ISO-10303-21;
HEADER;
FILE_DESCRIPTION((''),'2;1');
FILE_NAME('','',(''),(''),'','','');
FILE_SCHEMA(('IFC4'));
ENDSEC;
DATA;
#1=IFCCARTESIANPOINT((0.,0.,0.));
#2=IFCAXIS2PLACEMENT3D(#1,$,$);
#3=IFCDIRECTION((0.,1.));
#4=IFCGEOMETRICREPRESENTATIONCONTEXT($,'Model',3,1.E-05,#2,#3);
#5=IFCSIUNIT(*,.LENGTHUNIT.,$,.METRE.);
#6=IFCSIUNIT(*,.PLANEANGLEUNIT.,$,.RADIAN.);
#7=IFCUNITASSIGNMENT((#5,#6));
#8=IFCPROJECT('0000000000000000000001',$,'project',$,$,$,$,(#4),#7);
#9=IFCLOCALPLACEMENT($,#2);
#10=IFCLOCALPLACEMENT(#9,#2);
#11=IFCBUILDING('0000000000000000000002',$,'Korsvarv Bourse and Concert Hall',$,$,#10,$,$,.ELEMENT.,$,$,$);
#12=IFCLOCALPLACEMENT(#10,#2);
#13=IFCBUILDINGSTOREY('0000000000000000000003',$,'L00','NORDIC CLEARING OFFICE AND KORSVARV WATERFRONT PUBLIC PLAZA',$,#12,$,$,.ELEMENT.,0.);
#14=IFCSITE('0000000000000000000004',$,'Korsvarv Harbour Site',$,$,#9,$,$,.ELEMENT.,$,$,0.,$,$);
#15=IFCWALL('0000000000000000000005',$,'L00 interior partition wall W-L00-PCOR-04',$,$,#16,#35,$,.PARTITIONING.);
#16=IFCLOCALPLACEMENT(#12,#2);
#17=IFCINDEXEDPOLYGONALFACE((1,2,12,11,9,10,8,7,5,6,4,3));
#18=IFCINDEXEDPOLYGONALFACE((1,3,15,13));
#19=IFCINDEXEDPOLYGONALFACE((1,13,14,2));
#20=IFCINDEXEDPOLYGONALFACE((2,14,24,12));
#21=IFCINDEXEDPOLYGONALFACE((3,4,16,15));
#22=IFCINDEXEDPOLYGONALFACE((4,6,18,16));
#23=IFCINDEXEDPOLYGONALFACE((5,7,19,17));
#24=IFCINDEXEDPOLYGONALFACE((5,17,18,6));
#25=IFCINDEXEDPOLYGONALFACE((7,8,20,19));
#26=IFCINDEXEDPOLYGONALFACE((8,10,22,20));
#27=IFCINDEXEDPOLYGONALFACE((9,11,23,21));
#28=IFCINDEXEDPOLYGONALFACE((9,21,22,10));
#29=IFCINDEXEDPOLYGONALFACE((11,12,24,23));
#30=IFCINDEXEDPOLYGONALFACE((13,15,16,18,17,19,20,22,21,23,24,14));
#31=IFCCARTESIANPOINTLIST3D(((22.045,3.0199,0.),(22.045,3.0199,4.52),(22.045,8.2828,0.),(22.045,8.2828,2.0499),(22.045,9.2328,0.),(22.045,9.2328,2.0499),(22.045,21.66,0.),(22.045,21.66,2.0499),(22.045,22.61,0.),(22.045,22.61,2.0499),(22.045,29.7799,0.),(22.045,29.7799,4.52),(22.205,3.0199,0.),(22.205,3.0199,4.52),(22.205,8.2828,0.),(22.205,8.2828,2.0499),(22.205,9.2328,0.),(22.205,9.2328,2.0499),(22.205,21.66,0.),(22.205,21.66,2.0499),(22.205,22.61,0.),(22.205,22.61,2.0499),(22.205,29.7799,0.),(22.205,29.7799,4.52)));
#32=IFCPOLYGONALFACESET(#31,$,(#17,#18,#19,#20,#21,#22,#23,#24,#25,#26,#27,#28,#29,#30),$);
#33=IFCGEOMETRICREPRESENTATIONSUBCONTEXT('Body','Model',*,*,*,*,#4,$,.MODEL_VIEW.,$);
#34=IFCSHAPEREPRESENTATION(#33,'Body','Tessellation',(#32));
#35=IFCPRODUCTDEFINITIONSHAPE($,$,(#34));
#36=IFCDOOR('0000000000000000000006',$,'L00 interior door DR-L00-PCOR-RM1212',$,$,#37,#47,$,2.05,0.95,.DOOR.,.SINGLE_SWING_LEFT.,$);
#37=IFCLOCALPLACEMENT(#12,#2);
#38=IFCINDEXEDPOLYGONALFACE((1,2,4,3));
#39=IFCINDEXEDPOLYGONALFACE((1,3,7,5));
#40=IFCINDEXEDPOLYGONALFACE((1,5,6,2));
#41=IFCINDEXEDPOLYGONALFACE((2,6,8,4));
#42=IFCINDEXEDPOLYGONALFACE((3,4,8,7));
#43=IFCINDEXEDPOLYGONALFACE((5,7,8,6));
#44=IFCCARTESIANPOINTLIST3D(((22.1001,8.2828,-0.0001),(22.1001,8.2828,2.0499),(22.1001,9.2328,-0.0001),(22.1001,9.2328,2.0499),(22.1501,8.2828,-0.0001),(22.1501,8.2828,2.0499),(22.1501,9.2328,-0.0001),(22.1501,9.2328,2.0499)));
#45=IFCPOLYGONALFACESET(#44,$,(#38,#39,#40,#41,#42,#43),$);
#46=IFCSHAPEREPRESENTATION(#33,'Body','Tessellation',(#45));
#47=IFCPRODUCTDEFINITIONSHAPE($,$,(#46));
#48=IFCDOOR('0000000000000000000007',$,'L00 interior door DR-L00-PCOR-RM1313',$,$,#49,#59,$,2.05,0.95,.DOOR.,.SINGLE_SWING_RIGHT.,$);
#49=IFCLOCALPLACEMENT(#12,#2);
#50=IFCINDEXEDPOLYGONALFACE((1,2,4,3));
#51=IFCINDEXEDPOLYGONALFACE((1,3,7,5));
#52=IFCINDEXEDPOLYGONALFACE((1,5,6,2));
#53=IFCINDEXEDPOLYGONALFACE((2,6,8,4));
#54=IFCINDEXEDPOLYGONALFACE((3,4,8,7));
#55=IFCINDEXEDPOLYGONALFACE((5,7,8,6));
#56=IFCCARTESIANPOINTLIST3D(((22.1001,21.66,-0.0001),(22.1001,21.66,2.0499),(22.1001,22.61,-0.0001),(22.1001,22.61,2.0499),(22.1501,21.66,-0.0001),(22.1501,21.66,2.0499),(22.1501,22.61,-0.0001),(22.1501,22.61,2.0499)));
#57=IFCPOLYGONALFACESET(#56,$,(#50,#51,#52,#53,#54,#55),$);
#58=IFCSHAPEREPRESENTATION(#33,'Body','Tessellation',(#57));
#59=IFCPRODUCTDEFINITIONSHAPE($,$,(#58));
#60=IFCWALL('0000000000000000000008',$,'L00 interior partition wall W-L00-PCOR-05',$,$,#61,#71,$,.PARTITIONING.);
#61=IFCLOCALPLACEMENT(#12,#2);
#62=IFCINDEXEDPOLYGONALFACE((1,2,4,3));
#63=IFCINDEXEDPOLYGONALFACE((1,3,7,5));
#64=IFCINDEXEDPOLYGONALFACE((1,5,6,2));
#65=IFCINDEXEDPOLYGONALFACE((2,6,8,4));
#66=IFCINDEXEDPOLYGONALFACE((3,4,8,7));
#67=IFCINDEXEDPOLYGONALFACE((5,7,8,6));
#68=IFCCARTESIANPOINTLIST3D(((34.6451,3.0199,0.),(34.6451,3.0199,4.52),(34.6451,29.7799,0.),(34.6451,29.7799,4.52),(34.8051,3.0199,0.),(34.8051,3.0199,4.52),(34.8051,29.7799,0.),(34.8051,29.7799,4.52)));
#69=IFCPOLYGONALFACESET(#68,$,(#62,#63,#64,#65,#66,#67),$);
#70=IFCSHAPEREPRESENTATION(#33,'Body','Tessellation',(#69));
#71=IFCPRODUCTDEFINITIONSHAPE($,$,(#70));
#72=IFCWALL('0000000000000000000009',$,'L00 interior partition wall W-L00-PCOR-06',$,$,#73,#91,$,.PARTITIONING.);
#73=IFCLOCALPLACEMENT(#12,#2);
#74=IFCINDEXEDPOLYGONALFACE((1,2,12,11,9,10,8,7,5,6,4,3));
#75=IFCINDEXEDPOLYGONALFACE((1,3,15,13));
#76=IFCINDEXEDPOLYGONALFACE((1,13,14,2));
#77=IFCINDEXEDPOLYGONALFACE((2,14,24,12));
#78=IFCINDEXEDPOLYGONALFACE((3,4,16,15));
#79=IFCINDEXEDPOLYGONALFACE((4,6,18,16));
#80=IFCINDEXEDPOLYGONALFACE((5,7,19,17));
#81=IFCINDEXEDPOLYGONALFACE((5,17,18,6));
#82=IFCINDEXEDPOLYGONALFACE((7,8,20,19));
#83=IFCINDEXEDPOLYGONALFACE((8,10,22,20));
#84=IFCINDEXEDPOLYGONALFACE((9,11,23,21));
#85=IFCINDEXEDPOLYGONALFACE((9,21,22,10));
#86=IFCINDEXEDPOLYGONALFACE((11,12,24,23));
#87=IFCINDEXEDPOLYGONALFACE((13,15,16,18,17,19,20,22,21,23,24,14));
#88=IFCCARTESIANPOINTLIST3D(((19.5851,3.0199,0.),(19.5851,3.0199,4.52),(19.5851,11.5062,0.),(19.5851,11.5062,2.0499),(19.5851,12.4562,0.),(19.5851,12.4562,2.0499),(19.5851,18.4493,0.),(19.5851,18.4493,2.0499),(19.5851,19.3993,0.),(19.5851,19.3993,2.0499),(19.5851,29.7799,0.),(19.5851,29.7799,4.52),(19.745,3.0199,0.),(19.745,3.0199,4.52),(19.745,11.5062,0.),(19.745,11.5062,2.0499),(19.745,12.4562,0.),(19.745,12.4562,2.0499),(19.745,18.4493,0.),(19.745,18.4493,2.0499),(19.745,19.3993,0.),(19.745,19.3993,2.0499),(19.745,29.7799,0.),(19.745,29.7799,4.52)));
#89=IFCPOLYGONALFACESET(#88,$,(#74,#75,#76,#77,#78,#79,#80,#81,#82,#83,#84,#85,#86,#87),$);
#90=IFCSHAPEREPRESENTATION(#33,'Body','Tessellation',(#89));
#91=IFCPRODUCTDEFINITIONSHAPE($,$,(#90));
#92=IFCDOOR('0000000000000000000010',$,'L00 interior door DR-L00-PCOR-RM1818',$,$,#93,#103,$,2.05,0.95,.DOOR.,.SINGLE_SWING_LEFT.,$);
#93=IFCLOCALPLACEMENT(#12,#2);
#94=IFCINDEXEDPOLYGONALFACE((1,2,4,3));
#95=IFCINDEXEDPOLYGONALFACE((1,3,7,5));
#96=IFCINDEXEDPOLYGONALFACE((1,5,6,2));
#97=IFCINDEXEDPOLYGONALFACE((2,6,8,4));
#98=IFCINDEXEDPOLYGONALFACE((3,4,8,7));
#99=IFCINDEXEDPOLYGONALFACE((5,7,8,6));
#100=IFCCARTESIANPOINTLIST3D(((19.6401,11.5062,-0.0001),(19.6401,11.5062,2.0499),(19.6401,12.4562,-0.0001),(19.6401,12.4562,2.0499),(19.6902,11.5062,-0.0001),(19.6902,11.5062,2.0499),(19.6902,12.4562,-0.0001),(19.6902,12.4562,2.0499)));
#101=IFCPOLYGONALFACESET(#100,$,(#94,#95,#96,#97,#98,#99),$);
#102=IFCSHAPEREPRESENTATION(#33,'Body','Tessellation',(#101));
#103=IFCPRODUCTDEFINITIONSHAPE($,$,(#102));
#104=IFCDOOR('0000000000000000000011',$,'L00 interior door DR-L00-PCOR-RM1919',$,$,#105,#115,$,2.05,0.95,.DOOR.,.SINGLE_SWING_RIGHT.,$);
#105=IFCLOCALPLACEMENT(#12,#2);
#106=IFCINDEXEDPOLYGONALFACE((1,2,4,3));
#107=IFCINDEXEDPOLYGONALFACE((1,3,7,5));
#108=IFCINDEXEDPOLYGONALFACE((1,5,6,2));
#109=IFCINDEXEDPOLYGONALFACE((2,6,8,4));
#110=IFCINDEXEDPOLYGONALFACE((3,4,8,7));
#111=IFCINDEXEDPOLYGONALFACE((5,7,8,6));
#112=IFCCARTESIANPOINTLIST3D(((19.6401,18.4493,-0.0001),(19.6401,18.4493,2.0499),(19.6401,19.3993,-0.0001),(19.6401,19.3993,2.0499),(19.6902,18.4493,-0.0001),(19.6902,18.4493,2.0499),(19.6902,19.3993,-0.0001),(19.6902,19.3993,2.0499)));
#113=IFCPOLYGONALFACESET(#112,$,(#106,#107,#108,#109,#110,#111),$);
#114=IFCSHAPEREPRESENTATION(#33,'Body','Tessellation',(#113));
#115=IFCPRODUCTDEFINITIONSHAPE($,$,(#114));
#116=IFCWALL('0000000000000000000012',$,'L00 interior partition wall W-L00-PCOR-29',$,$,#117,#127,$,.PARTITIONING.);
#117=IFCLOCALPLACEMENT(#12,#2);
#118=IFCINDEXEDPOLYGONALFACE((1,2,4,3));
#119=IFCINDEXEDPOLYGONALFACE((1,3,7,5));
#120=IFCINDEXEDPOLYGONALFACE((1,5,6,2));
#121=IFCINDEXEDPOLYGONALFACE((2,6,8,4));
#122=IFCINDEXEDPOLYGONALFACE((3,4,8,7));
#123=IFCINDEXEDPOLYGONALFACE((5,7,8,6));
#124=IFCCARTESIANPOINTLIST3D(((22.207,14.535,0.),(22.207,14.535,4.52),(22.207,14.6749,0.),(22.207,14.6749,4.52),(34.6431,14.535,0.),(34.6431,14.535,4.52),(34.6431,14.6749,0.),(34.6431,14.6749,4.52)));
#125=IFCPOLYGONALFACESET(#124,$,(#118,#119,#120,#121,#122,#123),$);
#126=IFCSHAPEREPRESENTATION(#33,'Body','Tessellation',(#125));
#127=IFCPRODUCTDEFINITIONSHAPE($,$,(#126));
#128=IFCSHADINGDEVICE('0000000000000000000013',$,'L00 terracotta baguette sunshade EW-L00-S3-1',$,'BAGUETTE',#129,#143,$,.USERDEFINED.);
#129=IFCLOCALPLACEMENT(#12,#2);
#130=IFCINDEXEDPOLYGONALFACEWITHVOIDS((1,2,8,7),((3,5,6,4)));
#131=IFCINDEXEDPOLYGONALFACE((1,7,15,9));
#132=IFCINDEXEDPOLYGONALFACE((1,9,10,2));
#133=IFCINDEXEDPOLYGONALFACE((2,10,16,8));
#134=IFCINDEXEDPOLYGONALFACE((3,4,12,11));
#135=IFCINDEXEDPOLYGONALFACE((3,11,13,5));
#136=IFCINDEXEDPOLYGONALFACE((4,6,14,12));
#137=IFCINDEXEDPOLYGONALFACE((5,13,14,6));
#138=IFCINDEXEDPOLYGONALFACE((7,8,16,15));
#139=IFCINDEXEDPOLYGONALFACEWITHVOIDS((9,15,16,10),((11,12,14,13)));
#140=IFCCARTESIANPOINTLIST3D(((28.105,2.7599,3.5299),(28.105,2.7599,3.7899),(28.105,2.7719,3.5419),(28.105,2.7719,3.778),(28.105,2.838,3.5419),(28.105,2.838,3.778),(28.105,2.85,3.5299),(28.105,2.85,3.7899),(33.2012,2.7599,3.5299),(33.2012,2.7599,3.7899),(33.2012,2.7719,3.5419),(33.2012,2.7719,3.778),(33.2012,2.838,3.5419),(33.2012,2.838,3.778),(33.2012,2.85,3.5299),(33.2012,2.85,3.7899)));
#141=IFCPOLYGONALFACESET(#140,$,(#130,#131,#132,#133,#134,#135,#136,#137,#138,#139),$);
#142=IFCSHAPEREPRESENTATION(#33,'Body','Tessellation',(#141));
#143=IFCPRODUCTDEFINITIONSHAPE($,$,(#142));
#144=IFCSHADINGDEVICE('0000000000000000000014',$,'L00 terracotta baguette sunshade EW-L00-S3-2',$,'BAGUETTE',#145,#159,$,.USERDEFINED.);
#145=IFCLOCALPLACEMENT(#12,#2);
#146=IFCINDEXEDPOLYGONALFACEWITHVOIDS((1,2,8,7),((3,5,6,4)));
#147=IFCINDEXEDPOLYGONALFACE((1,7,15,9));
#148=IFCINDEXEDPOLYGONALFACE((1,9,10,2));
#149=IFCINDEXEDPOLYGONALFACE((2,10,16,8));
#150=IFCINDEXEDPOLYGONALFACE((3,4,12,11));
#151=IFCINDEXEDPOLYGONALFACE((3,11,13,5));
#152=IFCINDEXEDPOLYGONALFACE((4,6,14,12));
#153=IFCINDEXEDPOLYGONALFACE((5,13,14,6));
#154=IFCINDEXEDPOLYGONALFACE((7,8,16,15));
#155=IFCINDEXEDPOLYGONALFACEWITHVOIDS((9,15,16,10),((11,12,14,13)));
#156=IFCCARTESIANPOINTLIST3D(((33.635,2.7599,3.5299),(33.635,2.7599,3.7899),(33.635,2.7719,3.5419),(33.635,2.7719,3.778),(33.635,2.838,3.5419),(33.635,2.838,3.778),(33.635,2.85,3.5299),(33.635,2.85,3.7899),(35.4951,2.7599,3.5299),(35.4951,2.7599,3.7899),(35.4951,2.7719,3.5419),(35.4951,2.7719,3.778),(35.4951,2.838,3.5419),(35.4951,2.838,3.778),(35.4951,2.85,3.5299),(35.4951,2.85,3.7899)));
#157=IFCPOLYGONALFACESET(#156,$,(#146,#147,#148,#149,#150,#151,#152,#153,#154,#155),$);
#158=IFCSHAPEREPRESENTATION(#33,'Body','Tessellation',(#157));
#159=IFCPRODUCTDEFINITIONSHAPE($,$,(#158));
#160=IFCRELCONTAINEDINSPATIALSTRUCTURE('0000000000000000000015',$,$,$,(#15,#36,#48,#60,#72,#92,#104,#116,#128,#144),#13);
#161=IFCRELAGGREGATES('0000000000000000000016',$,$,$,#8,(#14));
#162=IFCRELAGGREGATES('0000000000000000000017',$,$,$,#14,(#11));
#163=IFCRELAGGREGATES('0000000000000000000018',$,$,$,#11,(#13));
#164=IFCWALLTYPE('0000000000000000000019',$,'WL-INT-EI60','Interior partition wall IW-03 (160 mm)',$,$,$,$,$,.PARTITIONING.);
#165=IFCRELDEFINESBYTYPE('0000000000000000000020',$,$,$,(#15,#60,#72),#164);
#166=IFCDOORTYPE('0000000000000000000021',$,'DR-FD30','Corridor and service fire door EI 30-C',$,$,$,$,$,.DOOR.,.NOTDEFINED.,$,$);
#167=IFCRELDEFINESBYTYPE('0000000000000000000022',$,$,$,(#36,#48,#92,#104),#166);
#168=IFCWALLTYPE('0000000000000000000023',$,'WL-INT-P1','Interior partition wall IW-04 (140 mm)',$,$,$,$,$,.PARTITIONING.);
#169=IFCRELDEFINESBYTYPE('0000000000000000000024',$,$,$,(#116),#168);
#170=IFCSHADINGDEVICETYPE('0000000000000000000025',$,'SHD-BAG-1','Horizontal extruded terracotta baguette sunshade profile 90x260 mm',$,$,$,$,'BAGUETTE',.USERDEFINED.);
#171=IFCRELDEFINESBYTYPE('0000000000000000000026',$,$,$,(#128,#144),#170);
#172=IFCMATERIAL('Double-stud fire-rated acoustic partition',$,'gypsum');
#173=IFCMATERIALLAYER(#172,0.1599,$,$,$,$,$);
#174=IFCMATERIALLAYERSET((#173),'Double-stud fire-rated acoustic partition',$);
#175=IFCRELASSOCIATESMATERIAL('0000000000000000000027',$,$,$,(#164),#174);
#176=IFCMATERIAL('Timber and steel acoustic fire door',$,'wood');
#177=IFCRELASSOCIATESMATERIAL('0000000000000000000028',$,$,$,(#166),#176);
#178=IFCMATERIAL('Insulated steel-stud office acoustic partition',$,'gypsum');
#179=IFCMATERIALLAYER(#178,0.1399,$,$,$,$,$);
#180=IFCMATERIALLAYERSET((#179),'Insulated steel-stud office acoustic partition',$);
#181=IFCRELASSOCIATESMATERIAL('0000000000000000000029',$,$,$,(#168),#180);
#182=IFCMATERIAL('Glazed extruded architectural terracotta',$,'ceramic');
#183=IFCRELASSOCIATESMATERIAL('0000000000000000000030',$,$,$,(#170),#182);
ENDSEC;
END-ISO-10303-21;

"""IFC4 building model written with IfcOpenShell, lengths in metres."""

from ifc_helpers import new_model, si_unit, direction, frame, frame_2d, origin, origin_2d, place, context, subcontext, project, spatial, rectangle, hollow_rectangle, extrude, source, transform, mapped, material, layer, layer_set, material_profile, profile_set, type_object, element, fill, save


model = new_model("IFC4")

# Units and contexts
model_context = context("Model", 3, precision=1e-05, world=origin(), true_north=direction((0.0, 1.0)))
body_context = subcontext(model_context, "Body", "Model", "MODEL_VIEW")
ifc_project = project(units=[si_unit("LENGTHUNIT", "METRE"), si_unit("PLANEANGLEUNIT", "RADIAN")], contexts=[model_context])

# Site, building, storey
site_placement = place(None, origin())
site = spatial("IfcSite", under=ifc_project, at=site_placement, Name="Korsvarv Harbour Site", CompositionType="ELEMENT", RefElevation=0.0)
building_placement = place(site_placement, origin())
building = spatial("IfcBuilding", under=site, at=building_placement, Name="Korsvarv Bourse and Concert Hall", CompositionType="ELEMENT")
storey_placement = place(building_placement, origin())
storey = spatial("IfcBuildingStorey", under=building, at=storey_placement, Name="L00", Description="NORDIC CLEARING OFFICE AND KORSVARV WATERFRONT PUBLIC PLAZA", CompositionType="ELEMENT", Elevation=0.0)

# Wall, openings, doors
ifc_material_1 = material(Name="Double-stud fire-rated acoustic partition", Category="gypsum")
ifc_layer_1 = layer(ifc_material_1, 0.1599)
ifc_layer_set_1 = layer_set([ifc_layer_1], Name="Double-stud fire-rated acoustic partition")
wall_type_1 = type_object("IfcWallType", Name="WL-INT-EI60", Description="Interior partition wall IW-03 (160 mm)", PredefinedType="PARTITIONING", material=ifc_layer_set_1)
wall_1_placement = place(storey_placement, frame((22.125, 3.02, 0.0), z_axis=(0.0, 0.0, 1.0), x_axis=(0.0, 1.0, 0.0)))
wall_1 = element("IfcWall", 1, at=wall_1_placement, inside=storey, type_object=wall_type_1, Name="L00 interior partition wall W-L00-PCOR-04", PredefinedType="PARTITIONING", context=body_context, shape_type="SweptSolid", body=[
    extrude(rectangle(XDim=26.76, YDim=0.1599, at=frame_2d((13.3799, 0.0))), origin(), (0.0, 0.0, 1.0), 4.52),
])
opening_1_placement = place(wall_1_placement, frame((5.2627, 0.0, 0.0)))
opening_1 = element("IfcOpeningElement", 2, at=opening_1_placement, cuts=wall_1, PredefinedType="OPENING", context=body_context, shape_type="SweptSolid", body=[
    extrude(rectangle(XDim=0.95, YDim=2.05, at=frame_2d((0.4751, 1.0249))), frame((0.0, 0.0898, 0.0), z_axis=(0.0, -1.0, 0.0), x_axis=(1.0, 0.0, 0.0)), (0.0, 0.0, 1.0), 0.1799),
])
opening_2_placement = place(wall_1_placement, frame((18.6399, 0.0, 0.0)))
opening_2 = element("IfcOpeningElement", 3, at=opening_2_placement, cuts=wall_1, PredefinedType="OPENING", context=body_context, shape_type="SweptSolid", body=[
    extrude(rectangle(XDim=0.95, YDim=2.05, at=frame_2d((0.4751, 1.0249))), frame((0.0, 0.0898, 0.0), z_axis=(0.0, -1.0, 0.0), x_axis=(1.0, 0.0, 0.0)), (0.0, 0.0, 1.0), 0.1799),
])
ifc_material_2 = material(Name="Timber and steel acoustic fire door", Category="wood")
door_type_1 = type_object("IfcDoorType", Name="DR-FD30", Description="Corridor and service fire door EI 30-C", OperationType="NOTDEFINED", PredefinedType="DOOR", material=ifc_material_2)
door_1_placement = place(opening_1_placement, origin())
door_1 = element("IfcDoor", 4, at=door_1_placement, inside=storey, type_object=door_type_1, Name="L00 interior door DR-L00-PCOR-RM1212", OperationType="SINGLE_SWING_LEFT", OverallHeight=2.05, OverallWidth=0.95, PredefinedType="DOOR", context=body_context, shape_type="SweptSolid", body=[
    extrude(rectangle(XDim=0.95, YDim=2.05, at=frame_2d((0.4751, 1.0249))), frame((0.0, 0.0249, 0.0), z_axis=(0.0, -1.0, 0.0), x_axis=(1.0, 0.0, 0.0)), (0.0, 0.0, 1.0), 0.05),
])
fill(opening_1, door_1)
door_2_placement = place(opening_2_placement, origin())
door_2 = element("IfcDoor", 5, at=door_2_placement, inside=storey, type_object=door_type_1, Name="L00 interior door DR-L00-PCOR-RM1313", OperationType="SINGLE_SWING_RIGHT", OverallHeight=2.05, OverallWidth=0.95, PredefinedType="DOOR", context=body_context, shape_type="SweptSolid", body=[
    extrude(rectangle(XDim=0.95, YDim=2.05, at=frame_2d((0.4751, 1.0249))), frame((0.0, 0.0249, 0.0), z_axis=(0.0, -1.0, 0.0), x_axis=(1.0, 0.0, 0.0)), (0.0, 0.0, 1.0), 0.05),
])
fill(opening_2, door_2)

# Wall
wall_2_placement = place(storey_placement, frame((34.7251, 3.02, 0.0), z_axis=(0.0, 0.0, 1.0), x_axis=(0.0, 1.0, 0.0)))
element("IfcWall", 6, at=wall_2_placement, inside=storey, type_object=wall_type_1, Name="L00 interior partition wall W-L00-PCOR-05", PredefinedType="PARTITIONING", context=body_context, shape_type="SweptSolid", body=[
    extrude(rectangle(XDim=26.76, YDim=0.1599, at=frame_2d((13.3799, 0.0))), origin(), (0.0, 0.0, 1.0), 4.52),
])

# Wall, openings, doors
wall_3_placement = place(storey_placement, frame((19.665, 3.02, 0.0), z_axis=(0.0, 0.0, 1.0), x_axis=(0.0, 1.0, 0.0)))
wall_3 = element("IfcWall", 7, at=wall_3_placement, inside=storey, type_object=wall_type_1, Name="L00 interior partition wall W-L00-PCOR-06", PredefinedType="PARTITIONING", context=body_context, shape_type="SweptSolid", body=[
    extrude(rectangle(XDim=26.76, YDim=0.1599, at=frame_2d((13.3799, 0.0))), origin(), (0.0, 0.0, 1.0), 4.52),
])
opening_3_placement = place(wall_3_placement, frame((8.4861, 0.0, 0.0)))
opening_3 = element("IfcOpeningElement", 8, at=opening_3_placement, cuts=wall_3, PredefinedType="OPENING", context=body_context, shape_type="SweptSolid", body=[
    extrude(rectangle(XDim=0.95, YDim=2.05, at=frame_2d((0.4751, 1.0249))), frame((0.0, 0.0898, 0.0), z_axis=(0.0, -1.0, 0.0), x_axis=(1.0, 0.0, 0.0)), (0.0, 0.0, 1.0), 0.1799),
])
opening_4_placement = place(wall_3_placement, frame((15.4292, 0.0, 0.0)))
opening_4 = element("IfcOpeningElement", 9, at=opening_4_placement, cuts=wall_3, PredefinedType="OPENING", context=body_context, shape_type="SweptSolid", body=[
    extrude(rectangle(XDim=0.95, YDim=2.05, at=frame_2d((0.4751, 1.0249))), frame((0.0, 0.0898, 0.0), z_axis=(0.0, -1.0, 0.0), x_axis=(1.0, 0.0, 0.0)), (0.0, 0.0, 1.0), 0.1799),
])
door_3_placement = place(opening_3_placement, origin())
door_3 = element("IfcDoor", 10, at=door_3_placement, inside=storey, type_object=door_type_1, Name="L00 interior door DR-L00-PCOR-RM1818", OperationType="SINGLE_SWING_LEFT", OverallHeight=2.05, OverallWidth=0.95, PredefinedType="DOOR", context=body_context, shape_type="SweptSolid", body=[
    extrude(rectangle(XDim=0.95, YDim=2.05, at=frame_2d((0.4751, 1.0249))), frame((0.0, 0.0249, 0.0), z_axis=(0.0, -1.0, 0.0), x_axis=(1.0, 0.0, 0.0)), (0.0, 0.0, 1.0), 0.05),
])
fill(opening_3, door_3)
door_4_placement = place(opening_4_placement, origin())
door_4 = element("IfcDoor", 11, at=door_4_placement, inside=storey, type_object=door_type_1, Name="L00 interior door DR-L00-PCOR-RM1919", OperationType="SINGLE_SWING_RIGHT", OverallHeight=2.05, OverallWidth=0.95, PredefinedType="DOOR", context=body_context, shape_type="SweptSolid", body=[
    extrude(rectangle(XDim=0.95, YDim=2.05, at=frame_2d((0.4751, 1.0249))), frame((0.0, 0.0249, 0.0), z_axis=(0.0, -1.0, 0.0), x_axis=(1.0, 0.0, 0.0)), (0.0, 0.0, 1.0), 0.05),
])
fill(opening_4, door_4)

# Wall
ifc_material_3 = material(Name="Insulated steel-stud office acoustic partition", Category="gypsum")
ifc_layer_2 = layer(ifc_material_3, 0.1399)
ifc_layer_set_2 = layer_set([ifc_layer_2], Name="Insulated steel-stud office acoustic partition")
wall_type_2 = type_object("IfcWallType", Name="WL-INT-P1", Description="Interior partition wall IW-04 (140 mm)", PredefinedType="PARTITIONING", material=ifc_layer_set_2)
wall_4_placement = place(storey_placement, frame((22.207, 14.605, 0.0), z_axis=(0.0, 0.0, 1.0), x_axis=(1.0, 0.0, 0.0)))
element("IfcWall", 12, at=wall_4_placement, inside=storey, type_object=wall_type_2, Name="L00 interior partition wall W-L00-PCOR-29", PredefinedType="PARTITIONING", context=body_context, shape_type="SweptSolid", body=[
    extrude(rectangle(XDim=12.436, YDim=0.1399, at=frame_2d((6.218, 0.0))), origin(), (0.0, 0.0, 1.0), 4.52),
])

# Shading devices
ifc_material_4 = material(Name="Glazed extruded architectural terracotta", Category="ceramic")
ifc_material_profile_1 = material_profile(ifc_material_4, hollow_rectangle(XDim=0.0901, YDim=0.26, WallThickness=0.012, at=origin_2d()), Name="TC-BAG 90x260")
ifc_profile_set_1 = profile_set([ifc_material_profile_1], Name="Glazed extruded architectural terracotta")
shading_device_type = type_object("IfcShadingDeviceType", Name="SHD-BAG-1", Description="Horizontal extruded terracotta baguette sunshade profile 90x260 mm", ElementType="BAGUETTE", PredefinedType="USERDEFINED", material=ifc_profile_set_1)
shared_shape_1 = source(origin(), body_context, "Body", "SweptSolid", [
    extrude(hollow_rectangle(XDim=0.0901, YDim=0.26, WallThickness=0.012, at=origin_2d()), origin(), (0.0, 0.0, 1.0), 5.0962),
])
shading_device_1_placement = place(storey_placement, frame((28.105, 2.8049, 3.6599), z_axis=(1.0, 0.0, 0.0), x_axis=(0.0, 1.0, 0.0)))
element("IfcShadingDevice", 13, at=shading_device_1_placement, inside=storey, type_object=shading_device_type, Name="L00 terracotta baguette sunshade EW-L00-S3-1", ObjectType="BAGUETTE", PredefinedType="USERDEFINED", context=body_context, shape_type="MappedRepresentation", body=[
    mapped(shared_shape_1, transform((0.0, 0.0, 0.0), scale=1.0)),
])
shared_shape_2 = source(origin(), body_context, "Body", "SweptSolid", [
    extrude(hollow_rectangle(XDim=0.0901, YDim=0.26, WallThickness=0.012, at=origin_2d()), origin(), (0.0, 0.0, 1.0), 1.8601),
])
shading_device_2_placement = place(storey_placement, frame((33.635, 2.8049, 3.6599), z_axis=(1.0, 0.0, 0.0), x_axis=(0.0, 1.0, 0.0)))
element("IfcShadingDevice", 14, at=shading_device_2_placement, inside=storey, type_object=shading_device_type, Name="L00 terracotta baguette sunshade EW-L00-S3-2", ObjectType="BAGUETTE", PredefinedType="USERDEFINED", context=body_context, shape_type="MappedRepresentation", body=[
    mapped(shared_shape_2, transform((0.0, 0.0, 0.0), scale=1.0)),
])

save(model, "model.ifc")
